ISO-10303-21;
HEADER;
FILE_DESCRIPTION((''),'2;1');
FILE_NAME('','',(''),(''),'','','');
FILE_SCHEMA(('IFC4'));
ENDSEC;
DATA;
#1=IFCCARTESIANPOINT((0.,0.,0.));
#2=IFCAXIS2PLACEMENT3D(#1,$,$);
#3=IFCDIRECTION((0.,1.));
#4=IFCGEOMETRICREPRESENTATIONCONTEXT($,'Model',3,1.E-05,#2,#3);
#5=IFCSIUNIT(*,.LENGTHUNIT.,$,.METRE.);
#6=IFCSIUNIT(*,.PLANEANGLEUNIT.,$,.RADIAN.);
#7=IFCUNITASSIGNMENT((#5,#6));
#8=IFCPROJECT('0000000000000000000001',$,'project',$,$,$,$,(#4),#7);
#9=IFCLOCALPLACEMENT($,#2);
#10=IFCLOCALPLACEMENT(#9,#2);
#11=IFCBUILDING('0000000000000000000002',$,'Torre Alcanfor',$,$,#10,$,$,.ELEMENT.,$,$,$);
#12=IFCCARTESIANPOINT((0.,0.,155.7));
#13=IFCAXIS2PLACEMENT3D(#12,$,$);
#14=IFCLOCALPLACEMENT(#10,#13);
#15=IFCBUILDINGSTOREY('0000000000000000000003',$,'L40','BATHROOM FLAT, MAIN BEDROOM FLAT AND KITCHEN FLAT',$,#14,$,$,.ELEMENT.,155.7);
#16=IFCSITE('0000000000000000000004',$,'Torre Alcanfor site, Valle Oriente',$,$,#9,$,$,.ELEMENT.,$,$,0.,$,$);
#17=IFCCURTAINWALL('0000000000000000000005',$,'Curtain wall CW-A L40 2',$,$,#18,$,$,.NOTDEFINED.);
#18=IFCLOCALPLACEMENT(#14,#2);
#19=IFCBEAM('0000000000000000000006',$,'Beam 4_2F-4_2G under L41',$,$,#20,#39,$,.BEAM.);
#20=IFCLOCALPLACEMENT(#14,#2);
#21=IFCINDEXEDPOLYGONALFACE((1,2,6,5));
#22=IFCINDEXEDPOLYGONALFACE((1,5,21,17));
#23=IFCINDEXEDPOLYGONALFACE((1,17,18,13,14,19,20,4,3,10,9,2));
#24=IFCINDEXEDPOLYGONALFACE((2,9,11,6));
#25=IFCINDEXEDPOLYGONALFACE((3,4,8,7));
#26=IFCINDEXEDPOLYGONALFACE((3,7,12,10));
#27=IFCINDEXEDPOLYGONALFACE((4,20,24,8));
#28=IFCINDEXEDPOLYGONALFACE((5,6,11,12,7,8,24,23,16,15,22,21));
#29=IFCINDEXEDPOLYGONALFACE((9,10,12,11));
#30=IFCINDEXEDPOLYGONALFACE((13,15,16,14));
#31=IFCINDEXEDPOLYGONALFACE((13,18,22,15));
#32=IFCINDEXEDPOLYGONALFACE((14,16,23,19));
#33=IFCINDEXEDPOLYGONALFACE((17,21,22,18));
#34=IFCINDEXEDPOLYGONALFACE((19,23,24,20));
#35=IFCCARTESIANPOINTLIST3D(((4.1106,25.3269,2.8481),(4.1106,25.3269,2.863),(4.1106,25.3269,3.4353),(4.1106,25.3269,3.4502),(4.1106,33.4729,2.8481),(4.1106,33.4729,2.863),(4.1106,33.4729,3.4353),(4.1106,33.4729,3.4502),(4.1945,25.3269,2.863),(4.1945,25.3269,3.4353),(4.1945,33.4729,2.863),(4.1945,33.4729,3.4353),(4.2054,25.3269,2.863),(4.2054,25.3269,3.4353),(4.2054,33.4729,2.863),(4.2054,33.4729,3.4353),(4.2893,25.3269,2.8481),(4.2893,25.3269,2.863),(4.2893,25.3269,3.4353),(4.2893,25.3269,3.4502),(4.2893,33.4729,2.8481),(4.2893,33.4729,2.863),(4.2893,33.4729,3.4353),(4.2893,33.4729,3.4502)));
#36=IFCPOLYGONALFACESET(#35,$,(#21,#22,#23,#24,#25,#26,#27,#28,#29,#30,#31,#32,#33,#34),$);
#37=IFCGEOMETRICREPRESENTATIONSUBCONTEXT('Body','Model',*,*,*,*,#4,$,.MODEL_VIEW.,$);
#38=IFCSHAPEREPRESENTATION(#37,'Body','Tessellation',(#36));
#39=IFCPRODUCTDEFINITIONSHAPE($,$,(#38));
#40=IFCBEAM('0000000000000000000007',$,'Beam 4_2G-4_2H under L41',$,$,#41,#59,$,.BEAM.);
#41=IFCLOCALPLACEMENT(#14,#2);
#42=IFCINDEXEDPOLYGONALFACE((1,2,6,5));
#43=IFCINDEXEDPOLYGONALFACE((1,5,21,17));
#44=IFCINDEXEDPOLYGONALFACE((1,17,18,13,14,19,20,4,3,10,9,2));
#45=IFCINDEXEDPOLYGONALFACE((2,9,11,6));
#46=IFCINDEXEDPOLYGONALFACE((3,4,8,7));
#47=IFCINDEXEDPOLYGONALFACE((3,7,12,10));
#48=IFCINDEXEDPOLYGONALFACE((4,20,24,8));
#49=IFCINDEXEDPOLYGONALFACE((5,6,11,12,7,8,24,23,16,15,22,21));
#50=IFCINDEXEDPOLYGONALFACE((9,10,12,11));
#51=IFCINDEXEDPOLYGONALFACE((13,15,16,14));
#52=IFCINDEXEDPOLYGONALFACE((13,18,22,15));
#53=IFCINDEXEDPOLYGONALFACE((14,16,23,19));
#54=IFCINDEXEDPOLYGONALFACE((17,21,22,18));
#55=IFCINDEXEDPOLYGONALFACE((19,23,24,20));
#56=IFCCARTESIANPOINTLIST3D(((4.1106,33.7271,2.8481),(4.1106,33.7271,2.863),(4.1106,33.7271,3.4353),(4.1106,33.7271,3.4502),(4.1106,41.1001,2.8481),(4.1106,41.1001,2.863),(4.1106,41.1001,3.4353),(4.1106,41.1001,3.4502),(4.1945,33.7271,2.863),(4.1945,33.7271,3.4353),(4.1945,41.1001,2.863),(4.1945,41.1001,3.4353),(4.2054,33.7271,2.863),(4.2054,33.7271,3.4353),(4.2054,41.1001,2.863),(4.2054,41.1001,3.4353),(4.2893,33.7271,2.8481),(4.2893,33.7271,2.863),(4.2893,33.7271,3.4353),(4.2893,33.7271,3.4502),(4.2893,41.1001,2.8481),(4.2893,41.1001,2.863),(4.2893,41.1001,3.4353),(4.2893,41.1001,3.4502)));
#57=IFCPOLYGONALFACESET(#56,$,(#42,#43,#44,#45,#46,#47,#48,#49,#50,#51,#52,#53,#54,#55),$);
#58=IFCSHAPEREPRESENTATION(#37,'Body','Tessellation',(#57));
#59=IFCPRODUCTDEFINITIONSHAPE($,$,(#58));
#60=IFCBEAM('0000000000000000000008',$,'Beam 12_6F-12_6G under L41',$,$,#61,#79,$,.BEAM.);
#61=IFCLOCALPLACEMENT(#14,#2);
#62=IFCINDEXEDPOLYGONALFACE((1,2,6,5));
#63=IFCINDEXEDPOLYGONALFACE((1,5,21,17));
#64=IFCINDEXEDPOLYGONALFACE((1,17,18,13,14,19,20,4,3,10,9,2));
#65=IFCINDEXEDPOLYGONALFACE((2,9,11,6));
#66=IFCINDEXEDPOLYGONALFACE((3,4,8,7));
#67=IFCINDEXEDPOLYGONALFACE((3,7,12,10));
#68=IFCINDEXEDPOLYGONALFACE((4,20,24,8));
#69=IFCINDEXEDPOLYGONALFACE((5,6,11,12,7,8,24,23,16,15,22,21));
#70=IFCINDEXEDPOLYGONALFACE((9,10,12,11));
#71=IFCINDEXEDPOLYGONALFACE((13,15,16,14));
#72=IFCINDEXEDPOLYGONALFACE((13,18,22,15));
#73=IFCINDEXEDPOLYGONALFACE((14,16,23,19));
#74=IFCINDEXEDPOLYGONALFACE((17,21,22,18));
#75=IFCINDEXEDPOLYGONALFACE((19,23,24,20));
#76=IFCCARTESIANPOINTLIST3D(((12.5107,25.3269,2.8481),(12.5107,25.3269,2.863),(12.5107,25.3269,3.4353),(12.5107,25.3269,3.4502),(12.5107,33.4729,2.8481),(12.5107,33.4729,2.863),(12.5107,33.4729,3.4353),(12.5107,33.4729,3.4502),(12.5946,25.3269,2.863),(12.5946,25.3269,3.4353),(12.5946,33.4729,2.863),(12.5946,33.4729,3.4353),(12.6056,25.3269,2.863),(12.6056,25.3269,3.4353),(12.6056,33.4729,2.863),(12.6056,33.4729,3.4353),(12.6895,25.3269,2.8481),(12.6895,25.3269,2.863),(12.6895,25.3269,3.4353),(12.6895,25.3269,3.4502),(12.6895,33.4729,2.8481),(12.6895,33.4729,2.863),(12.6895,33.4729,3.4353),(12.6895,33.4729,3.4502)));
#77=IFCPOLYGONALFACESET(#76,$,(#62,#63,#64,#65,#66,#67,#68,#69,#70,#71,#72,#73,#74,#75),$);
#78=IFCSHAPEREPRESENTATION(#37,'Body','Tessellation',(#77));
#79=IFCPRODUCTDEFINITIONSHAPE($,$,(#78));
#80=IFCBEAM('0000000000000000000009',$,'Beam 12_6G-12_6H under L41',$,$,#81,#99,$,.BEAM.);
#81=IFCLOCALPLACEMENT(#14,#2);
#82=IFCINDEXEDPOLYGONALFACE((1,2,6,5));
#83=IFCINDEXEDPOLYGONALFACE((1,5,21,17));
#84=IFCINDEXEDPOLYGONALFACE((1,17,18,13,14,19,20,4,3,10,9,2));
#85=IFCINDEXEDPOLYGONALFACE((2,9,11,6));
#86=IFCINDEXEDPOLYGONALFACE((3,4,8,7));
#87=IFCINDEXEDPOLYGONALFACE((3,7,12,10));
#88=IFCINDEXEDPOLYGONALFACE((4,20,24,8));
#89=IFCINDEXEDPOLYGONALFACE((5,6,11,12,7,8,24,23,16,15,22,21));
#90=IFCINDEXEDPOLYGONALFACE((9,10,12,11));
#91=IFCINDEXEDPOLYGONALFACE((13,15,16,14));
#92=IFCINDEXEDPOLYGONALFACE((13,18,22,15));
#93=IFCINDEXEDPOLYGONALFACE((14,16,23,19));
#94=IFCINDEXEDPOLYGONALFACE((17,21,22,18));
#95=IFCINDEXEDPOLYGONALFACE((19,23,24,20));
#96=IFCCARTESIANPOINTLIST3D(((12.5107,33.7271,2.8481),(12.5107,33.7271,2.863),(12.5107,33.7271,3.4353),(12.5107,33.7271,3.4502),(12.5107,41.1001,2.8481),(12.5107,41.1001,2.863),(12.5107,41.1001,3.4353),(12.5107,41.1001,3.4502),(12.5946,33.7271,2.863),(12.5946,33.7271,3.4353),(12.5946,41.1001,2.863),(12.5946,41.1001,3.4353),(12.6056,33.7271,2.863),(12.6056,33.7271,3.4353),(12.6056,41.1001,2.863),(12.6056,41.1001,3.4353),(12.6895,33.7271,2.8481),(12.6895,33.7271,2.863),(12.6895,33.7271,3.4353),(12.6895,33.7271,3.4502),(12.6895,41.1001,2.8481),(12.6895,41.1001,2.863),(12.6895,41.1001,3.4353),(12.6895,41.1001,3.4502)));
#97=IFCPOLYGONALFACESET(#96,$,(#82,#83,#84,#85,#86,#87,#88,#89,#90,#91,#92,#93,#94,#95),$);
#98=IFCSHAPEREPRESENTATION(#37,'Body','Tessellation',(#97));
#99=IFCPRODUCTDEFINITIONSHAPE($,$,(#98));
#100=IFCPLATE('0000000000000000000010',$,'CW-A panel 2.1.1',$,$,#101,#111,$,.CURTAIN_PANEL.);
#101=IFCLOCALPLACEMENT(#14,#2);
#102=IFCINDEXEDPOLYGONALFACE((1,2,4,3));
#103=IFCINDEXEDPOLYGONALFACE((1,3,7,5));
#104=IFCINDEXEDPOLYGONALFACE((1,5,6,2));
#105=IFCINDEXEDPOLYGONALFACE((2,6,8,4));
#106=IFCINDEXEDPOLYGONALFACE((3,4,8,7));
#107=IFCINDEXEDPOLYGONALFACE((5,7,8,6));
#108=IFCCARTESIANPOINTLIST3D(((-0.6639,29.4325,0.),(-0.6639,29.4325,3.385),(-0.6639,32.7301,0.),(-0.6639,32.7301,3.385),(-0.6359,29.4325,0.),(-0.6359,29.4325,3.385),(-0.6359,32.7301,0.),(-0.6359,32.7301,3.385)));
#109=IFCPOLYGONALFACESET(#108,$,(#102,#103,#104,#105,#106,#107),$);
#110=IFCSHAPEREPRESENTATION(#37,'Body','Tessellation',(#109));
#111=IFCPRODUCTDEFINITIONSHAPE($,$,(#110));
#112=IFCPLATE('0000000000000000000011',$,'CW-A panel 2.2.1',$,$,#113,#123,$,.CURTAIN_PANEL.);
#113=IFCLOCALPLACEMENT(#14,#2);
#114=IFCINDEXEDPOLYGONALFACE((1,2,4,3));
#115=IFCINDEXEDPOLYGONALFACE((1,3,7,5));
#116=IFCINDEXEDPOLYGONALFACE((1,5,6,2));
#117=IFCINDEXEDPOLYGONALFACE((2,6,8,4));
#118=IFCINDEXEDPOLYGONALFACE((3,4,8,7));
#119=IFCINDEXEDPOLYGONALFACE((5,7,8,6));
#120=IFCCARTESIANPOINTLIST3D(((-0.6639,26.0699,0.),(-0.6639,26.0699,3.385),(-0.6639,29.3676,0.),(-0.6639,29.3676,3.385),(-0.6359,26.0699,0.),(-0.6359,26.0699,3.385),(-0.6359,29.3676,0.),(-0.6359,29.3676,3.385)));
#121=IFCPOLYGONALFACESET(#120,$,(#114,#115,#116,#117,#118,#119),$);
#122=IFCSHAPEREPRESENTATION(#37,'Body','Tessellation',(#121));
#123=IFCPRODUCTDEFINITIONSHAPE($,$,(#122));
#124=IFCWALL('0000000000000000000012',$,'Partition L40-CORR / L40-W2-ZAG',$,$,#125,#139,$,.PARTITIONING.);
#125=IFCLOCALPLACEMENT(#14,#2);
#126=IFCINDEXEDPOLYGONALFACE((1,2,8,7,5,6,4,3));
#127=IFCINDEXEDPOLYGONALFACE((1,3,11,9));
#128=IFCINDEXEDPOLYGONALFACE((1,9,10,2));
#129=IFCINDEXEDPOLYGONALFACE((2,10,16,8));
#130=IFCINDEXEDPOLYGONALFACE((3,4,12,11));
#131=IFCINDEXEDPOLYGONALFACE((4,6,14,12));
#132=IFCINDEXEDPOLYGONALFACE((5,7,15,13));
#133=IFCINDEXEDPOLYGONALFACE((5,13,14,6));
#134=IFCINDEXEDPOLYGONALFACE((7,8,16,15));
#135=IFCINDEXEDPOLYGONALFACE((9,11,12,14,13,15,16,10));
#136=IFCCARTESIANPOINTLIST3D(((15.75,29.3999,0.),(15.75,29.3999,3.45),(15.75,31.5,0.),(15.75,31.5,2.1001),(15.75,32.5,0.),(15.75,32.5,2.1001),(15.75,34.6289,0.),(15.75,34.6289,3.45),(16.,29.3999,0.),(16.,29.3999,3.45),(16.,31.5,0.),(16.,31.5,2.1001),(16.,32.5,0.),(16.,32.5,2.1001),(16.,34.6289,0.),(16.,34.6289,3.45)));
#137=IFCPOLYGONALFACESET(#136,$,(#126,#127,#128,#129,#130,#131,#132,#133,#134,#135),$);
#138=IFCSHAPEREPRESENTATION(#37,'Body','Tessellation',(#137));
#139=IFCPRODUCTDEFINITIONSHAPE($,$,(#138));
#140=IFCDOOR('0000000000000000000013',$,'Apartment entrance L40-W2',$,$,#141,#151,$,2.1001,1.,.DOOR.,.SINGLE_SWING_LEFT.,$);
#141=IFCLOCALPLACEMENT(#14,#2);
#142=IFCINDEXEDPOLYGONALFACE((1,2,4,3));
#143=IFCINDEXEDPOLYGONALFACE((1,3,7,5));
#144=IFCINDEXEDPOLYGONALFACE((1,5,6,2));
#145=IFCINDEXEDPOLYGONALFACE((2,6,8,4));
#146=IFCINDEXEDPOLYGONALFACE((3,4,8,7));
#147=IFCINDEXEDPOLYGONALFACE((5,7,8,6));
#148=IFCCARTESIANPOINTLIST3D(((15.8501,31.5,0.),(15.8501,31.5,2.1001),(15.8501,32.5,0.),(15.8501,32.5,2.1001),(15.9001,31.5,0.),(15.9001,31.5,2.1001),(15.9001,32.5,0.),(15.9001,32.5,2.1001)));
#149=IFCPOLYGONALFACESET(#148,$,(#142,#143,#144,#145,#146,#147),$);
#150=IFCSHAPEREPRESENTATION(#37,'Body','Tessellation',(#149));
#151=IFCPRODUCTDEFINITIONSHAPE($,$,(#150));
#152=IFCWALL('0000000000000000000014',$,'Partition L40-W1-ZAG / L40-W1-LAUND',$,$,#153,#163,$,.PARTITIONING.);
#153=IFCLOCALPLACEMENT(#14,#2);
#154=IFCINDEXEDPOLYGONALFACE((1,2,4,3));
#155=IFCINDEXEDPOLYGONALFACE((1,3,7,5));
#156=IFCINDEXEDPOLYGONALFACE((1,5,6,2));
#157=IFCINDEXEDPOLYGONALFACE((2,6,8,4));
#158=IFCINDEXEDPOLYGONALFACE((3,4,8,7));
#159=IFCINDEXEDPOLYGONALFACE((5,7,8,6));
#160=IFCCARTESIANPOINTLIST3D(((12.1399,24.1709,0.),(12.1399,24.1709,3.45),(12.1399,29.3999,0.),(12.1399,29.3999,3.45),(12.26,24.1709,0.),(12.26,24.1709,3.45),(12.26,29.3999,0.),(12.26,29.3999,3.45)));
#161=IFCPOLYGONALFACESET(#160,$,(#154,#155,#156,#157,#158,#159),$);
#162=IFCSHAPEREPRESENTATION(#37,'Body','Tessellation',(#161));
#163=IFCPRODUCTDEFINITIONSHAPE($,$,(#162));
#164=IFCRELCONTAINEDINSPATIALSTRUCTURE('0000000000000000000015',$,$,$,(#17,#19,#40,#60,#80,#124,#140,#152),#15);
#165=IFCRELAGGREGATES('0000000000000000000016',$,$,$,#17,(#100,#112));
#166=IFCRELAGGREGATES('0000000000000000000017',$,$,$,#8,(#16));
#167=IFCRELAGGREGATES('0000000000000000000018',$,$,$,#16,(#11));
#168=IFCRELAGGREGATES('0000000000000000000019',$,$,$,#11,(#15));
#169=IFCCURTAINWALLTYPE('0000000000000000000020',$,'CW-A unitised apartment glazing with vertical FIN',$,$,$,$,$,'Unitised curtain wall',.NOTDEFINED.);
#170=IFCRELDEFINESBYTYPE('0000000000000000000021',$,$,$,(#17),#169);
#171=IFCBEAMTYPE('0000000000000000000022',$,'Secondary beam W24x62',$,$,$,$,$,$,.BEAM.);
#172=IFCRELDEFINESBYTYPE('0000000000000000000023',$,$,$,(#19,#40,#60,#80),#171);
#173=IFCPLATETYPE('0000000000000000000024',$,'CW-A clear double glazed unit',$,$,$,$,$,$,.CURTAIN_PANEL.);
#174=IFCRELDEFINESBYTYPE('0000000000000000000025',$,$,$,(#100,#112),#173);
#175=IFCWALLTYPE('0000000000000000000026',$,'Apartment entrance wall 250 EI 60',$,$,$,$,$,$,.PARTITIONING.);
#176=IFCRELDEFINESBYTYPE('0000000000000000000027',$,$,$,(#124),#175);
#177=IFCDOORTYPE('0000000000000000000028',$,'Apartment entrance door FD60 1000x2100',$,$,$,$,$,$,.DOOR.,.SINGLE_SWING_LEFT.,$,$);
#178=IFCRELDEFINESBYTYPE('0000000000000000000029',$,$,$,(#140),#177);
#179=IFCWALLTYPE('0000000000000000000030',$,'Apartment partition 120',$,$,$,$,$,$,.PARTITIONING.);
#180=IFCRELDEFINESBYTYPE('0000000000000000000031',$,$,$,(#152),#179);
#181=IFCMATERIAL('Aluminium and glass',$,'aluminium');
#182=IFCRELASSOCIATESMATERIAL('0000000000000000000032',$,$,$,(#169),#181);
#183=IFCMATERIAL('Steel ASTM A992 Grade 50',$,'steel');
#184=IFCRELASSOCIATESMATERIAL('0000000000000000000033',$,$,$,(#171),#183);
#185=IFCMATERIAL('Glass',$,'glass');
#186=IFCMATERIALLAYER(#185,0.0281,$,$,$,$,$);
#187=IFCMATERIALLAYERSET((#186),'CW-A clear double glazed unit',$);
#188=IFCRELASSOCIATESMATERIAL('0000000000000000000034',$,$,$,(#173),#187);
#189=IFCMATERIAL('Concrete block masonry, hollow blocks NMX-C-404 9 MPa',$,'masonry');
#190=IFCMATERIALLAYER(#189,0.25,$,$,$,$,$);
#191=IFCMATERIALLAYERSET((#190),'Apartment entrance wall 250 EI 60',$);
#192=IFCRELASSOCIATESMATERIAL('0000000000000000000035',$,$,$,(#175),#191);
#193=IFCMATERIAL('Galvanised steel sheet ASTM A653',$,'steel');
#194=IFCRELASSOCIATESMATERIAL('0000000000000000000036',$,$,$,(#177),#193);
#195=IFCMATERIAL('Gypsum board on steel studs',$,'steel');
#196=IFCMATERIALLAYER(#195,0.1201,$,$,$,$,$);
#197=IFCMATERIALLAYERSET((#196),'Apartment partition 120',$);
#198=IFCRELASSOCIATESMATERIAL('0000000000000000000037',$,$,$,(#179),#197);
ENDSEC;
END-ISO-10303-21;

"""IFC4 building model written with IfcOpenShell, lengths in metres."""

from ifc_helpers import new_model, si_unit, direction, frame, frame_2d, origin, origin_2d, place, context, subcontext, project, spatial, rectangle, i_section, extrude, material, layer, layer_set, material_profile, profile_set, type_object, element, fill, aggregate, save


model = new_model("IFC4")

# Units and contexts
model_context = context("Model", 3, precision=1e-05, world=origin(), true_north=direction((0.0, 1.0)))
body_context = subcontext(model_context, "Body", "Model", "MODEL_VIEW")
ifc_project = project(units=[si_unit("LENGTHUNIT", "METRE"), si_unit("PLANEANGLEUNIT", "RADIAN")], contexts=[model_context])

# Site, building, storey
site_placement = place(None, origin())
site = spatial("IfcSite", under=ifc_project, at=site_placement, Name="Torre Alcanfor site, Valle Oriente", CompositionType="ELEMENT", RefElevation=0.0)
building_placement = place(site_placement, origin())
building = spatial("IfcBuilding", under=site, at=building_placement, Name="Torre Alcanfor", CompositionType="ELEMENT")
storey_placement = place(building_placement, frame((0.0, 0.0, 155.7)))
storey = spatial("IfcBuildingStorey", under=building, at=storey_placement, Name="L40", Description="BATHROOM FLAT, MAIN BEDROOM FLAT AND KITCHEN FLAT", CompositionType="ELEMENT", Elevation=155.7)

# Curtain wall
ifc_material_1 = material(Name="Aluminium and glass", Category="aluminium")
curtain_wall_type = type_object("IfcCurtainWallType", Name="CW-A unitised apartment glazing with vertical FIN", ElementType="Unitised curtain wall", PredefinedType="NOTDEFINED", material=ifc_material_1)
curtain_wall_placement = place(storey_placement, origin())
curtain_wall = element("IfcCurtainWall", 1, at=curtain_wall_placement, inside=storey, type_object=curtain_wall_type, Name="Curtain wall CW-A L40 2", PredefinedType="NOTDEFINED")

# Beams
ifc_material_2 = material(Name="Steel ASTM A992 Grade 50", Category="steel")
ifc_material_profile_1 = material_profile(ifc_material_2, i_section(OverallWidth=0.1787, OverallDepth=0.6021, WebThickness=0.011, FlangeThickness=0.0149, at=origin_2d()), Name="W24x62")
ifc_profile_set_1 = profile_set([ifc_material_profile_1], Name="Steel ASTM A992 Grade 50")
beam_type_1 = type_object("IfcBeamType", Name="Secondary beam W24x62", PredefinedType="BEAM", material=ifc_profile_set_1)
beam_1_placement = place(storey_placement, frame((4.2, 25.3269, 3.1492), z_axis=(0.0, 1.0, 0.0), x_axis=(-1.0, 0.0, 0.0)))
element("IfcBeam", 2, at=beam_1_placement, inside=storey, type_object=beam_type_1, Name="Beam 4_2F-4_2G under L41", PredefinedType="BEAM", context=body_context, shape_type="SweptSolid", body=[
    extrude(i_section(OverallWidth=0.1787, OverallDepth=0.6021, WebThickness=0.011, FlangeThickness=0.0149, at=origin_2d()), origin(), (0.0, 0.0, 1.0), 8.146),
])
beam_2_placement = place(storey_placement, frame((4.2, 33.7271, 3.1492), z_axis=(0.0, 1.0, 0.0), x_axis=(-1.0, 0.0, 0.0)))
element("IfcBeam", 3, at=beam_2_placement, inside=storey, type_object=beam_type_1, Name="Beam 4_2G-4_2H under L41", PredefinedType="BEAM", context=body_context, shape_type="SweptSolid", body=[
    extrude(i_section(OverallWidth=0.1787, OverallDepth=0.6021, WebThickness=0.011, FlangeThickness=0.0149, at=origin_2d()), origin(), (0.0, 0.0, 1.0), 7.373),
])
beam_3_placement = place(storey_placement, frame((12.6001, 25.3269, 3.1492), z_axis=(0.0, 1.0, 0.0), x_axis=(-1.0, 0.0, 0.0)))
element("IfcBeam", 4, at=beam_3_placement, inside=storey, type_object=beam_type_1, Name="Beam 12_6F-12_6G under L41", PredefinedType="BEAM", context=body_context, shape_type="SweptSolid", body=[
    extrude(i_section(OverallWidth=0.1787, OverallDepth=0.6021, WebThickness=0.011, FlangeThickness=0.0149, at=origin_2d()), origin(), (0.0, 0.0, 1.0), 8.146),
])
beam_4_placement = place(storey_placement, frame((12.6001, 33.7271, 3.1492), z_axis=(0.0, 1.0, 0.0), x_axis=(-1.0, 0.0, 0.0)))
element("IfcBeam", 5, at=beam_4_placement, inside=storey, type_object=beam_type_1, Name="Beam 12_6G-12_6H under L41", PredefinedType="BEAM", context=body_context, shape_type="SweptSolid", body=[
    extrude(i_section(OverallWidth=0.1787, OverallDepth=0.6021, WebThickness=0.011, FlangeThickness=0.0149, at=origin_2d()), origin(), (0.0, 0.0, 1.0), 7.373),
])

# Plates
ifc_material_3 = material(Name="Glass", Category="glass")
ifc_layer_1 = layer(ifc_material_3, 0.0281)
ifc_layer_set_1 = layer_set([ifc_layer_1], Name="CW-A clear double glazed unit")
plate_type = type_object("IfcPlateType", Name="CW-A clear double glazed unit", PredefinedType="CURTAIN_PANEL", material=ifc_layer_set_1)
plate_1_placement = place(storey_placement, frame((-0.6499, 31.0813, 0.0), z_axis=(0.0, 0.0, 1.0), x_axis=(0.0, -1.0, 0.0)))
plate_1 = element("IfcPlate", 6, at=plate_1_placement, type_object=plate_type, Name="CW-A panel 2.1.1", PredefinedType="CURTAIN_PANEL", context=body_context, shape_type="SweptSolid", body=[
    extrude(rectangle(XDim=3.2976, YDim=0.0281, at=origin_2d()), origin(), (0.0, 0.0, 1.0), 3.385),
])
plate_2_placement = place(storey_placement, frame((-0.6499, 27.7188, 0.0), z_axis=(0.0, 0.0, 1.0), x_axis=(0.0, -1.0, 0.0)))
plate_2 = element("IfcPlate", 7, at=plate_2_placement, type_object=plate_type, Name="CW-A panel 2.2.1", PredefinedType="CURTAIN_PANEL", context=body_context, shape_type="SweptSolid", body=[
    extrude(rectangle(XDim=3.2976, YDim=0.0281, at=origin_2d()), origin(), (0.0, 0.0, 1.0), 3.385),
])
aggregate(curtain_wall, [plate_1, plate_2])

# Wall, opening, door
ifc_material_4 = material(Name="Concrete block masonry, hollow blocks NMX-C-404 9 MPa", Category="masonry")
ifc_layer_2 = layer(ifc_material_4, 0.25)
ifc_layer_set_2 = layer_set([ifc_layer_2], Name="Apartment entrance wall 250 EI 60")
wall_type_1 = type_object("IfcWallType", Name="Apartment entrance wall 250 EI 60", PredefinedType="PARTITIONING", material=ifc_layer_set_2)
wall_1_placement = place(storey_placement, frame((15.875, 29.3999, 0.0), z_axis=(0.0, 0.0, 1.0), x_axis=(0.0, 1.0, 0.0)))
wall_1 = element("IfcWall", 8, at=wall_1_placement, inside=storey, type_object=wall_type_1, Name="Partition L40-CORR / L40-W2-ZAG", PredefinedType="PARTITIONING", context=body_context, shape_type="SweptSolid", body=[
    extrude(rectangle(XDim=5.229, YDim=0.25, at=frame_2d((2.6145, 0.0))), origin(), (0.0, 0.0, 1.0), 3.45),
])
opening_1_placement = place(wall_1_placement, frame((2.1001, 0.0, 0.0)))
opening_1 = element("IfcOpeningElement", 9, at=opening_1_placement, cuts=wall_1, PredefinedType="OPENING", context=body_context, shape_type="SweptSolid", body=[
    extrude(rectangle(XDim=1.0, YDim=2.1001, at=frame_2d((0.5, 1.05))), frame((0.0, 0.135, 0.0), z_axis=(0.0, -1.0, 0.0), x_axis=(1.0, 0.0, 0.0)), (0.0, 0.0, 1.0), 0.27),
])
ifc_material_5 = material(Name="Galvanised steel sheet ASTM A653", Category="steel")
door_type_1 = type_object("IfcDoorType", Name="Apartment entrance door FD60 1000x2100", OperationType="SINGLE_SWING_LEFT", PredefinedType="DOOR", material=ifc_material_5)
door_1_placement = place(opening_1_placement, origin())
door_1 = element("IfcDoor", 10, at=door_1_placement, inside=storey, type_object=door_type_1, Name="Apartment entrance L40-W2", OperationType="SINGLE_SWING_LEFT", OverallHeight=2.1001, OverallWidth=1.0, PredefinedType="DOOR", context=body_context, shape_type="SweptSolid", body=[
    extrude(rectangle(XDim=1.0, YDim=2.1001, at=frame_2d((0.5, 1.05))), frame((0.0, 0.0249, 0.0), z_axis=(0.0, -1.0, 0.0), x_axis=(1.0, 0.0, 0.0)), (0.0, 0.0, 1.0), 0.05),
])
fill(opening_1, door_1)

# Wall
ifc_material_6 = material(Name="Gypsum board on steel studs", Category="steel")
ifc_layer_3 = layer(ifc_material_6, 0.1201)
ifc_layer_set_3 = layer_set([ifc_layer_3], Name="Apartment partition 120")
wall_type_2 = type_object("IfcWallType", Name="Apartment partition 120", PredefinedType="PARTITIONING", material=ifc_layer_set_3)
wall_2_placement = place(storey_placement, frame((12.2, 29.3999, 0.0), z_axis=(0.0, 0.0, 1.0), x_axis=(0.0, -1.0, 0.0)))
element("IfcWall", 11, at=wall_2_placement, inside=storey, type_object=wall_type_2, Name="Partition L40-W1-ZAG / L40-W1-LAUND", PredefinedType="PARTITIONING", context=body_context, shape_type="SweptSolid", body=[
    extrude(rectangle(XDim=5.229, YDim=0.1201, at=frame_2d((2.6145, 0.0))), origin(), (0.0, 0.0, 1.0), 3.45),
])

save(model, "model.ifc")
